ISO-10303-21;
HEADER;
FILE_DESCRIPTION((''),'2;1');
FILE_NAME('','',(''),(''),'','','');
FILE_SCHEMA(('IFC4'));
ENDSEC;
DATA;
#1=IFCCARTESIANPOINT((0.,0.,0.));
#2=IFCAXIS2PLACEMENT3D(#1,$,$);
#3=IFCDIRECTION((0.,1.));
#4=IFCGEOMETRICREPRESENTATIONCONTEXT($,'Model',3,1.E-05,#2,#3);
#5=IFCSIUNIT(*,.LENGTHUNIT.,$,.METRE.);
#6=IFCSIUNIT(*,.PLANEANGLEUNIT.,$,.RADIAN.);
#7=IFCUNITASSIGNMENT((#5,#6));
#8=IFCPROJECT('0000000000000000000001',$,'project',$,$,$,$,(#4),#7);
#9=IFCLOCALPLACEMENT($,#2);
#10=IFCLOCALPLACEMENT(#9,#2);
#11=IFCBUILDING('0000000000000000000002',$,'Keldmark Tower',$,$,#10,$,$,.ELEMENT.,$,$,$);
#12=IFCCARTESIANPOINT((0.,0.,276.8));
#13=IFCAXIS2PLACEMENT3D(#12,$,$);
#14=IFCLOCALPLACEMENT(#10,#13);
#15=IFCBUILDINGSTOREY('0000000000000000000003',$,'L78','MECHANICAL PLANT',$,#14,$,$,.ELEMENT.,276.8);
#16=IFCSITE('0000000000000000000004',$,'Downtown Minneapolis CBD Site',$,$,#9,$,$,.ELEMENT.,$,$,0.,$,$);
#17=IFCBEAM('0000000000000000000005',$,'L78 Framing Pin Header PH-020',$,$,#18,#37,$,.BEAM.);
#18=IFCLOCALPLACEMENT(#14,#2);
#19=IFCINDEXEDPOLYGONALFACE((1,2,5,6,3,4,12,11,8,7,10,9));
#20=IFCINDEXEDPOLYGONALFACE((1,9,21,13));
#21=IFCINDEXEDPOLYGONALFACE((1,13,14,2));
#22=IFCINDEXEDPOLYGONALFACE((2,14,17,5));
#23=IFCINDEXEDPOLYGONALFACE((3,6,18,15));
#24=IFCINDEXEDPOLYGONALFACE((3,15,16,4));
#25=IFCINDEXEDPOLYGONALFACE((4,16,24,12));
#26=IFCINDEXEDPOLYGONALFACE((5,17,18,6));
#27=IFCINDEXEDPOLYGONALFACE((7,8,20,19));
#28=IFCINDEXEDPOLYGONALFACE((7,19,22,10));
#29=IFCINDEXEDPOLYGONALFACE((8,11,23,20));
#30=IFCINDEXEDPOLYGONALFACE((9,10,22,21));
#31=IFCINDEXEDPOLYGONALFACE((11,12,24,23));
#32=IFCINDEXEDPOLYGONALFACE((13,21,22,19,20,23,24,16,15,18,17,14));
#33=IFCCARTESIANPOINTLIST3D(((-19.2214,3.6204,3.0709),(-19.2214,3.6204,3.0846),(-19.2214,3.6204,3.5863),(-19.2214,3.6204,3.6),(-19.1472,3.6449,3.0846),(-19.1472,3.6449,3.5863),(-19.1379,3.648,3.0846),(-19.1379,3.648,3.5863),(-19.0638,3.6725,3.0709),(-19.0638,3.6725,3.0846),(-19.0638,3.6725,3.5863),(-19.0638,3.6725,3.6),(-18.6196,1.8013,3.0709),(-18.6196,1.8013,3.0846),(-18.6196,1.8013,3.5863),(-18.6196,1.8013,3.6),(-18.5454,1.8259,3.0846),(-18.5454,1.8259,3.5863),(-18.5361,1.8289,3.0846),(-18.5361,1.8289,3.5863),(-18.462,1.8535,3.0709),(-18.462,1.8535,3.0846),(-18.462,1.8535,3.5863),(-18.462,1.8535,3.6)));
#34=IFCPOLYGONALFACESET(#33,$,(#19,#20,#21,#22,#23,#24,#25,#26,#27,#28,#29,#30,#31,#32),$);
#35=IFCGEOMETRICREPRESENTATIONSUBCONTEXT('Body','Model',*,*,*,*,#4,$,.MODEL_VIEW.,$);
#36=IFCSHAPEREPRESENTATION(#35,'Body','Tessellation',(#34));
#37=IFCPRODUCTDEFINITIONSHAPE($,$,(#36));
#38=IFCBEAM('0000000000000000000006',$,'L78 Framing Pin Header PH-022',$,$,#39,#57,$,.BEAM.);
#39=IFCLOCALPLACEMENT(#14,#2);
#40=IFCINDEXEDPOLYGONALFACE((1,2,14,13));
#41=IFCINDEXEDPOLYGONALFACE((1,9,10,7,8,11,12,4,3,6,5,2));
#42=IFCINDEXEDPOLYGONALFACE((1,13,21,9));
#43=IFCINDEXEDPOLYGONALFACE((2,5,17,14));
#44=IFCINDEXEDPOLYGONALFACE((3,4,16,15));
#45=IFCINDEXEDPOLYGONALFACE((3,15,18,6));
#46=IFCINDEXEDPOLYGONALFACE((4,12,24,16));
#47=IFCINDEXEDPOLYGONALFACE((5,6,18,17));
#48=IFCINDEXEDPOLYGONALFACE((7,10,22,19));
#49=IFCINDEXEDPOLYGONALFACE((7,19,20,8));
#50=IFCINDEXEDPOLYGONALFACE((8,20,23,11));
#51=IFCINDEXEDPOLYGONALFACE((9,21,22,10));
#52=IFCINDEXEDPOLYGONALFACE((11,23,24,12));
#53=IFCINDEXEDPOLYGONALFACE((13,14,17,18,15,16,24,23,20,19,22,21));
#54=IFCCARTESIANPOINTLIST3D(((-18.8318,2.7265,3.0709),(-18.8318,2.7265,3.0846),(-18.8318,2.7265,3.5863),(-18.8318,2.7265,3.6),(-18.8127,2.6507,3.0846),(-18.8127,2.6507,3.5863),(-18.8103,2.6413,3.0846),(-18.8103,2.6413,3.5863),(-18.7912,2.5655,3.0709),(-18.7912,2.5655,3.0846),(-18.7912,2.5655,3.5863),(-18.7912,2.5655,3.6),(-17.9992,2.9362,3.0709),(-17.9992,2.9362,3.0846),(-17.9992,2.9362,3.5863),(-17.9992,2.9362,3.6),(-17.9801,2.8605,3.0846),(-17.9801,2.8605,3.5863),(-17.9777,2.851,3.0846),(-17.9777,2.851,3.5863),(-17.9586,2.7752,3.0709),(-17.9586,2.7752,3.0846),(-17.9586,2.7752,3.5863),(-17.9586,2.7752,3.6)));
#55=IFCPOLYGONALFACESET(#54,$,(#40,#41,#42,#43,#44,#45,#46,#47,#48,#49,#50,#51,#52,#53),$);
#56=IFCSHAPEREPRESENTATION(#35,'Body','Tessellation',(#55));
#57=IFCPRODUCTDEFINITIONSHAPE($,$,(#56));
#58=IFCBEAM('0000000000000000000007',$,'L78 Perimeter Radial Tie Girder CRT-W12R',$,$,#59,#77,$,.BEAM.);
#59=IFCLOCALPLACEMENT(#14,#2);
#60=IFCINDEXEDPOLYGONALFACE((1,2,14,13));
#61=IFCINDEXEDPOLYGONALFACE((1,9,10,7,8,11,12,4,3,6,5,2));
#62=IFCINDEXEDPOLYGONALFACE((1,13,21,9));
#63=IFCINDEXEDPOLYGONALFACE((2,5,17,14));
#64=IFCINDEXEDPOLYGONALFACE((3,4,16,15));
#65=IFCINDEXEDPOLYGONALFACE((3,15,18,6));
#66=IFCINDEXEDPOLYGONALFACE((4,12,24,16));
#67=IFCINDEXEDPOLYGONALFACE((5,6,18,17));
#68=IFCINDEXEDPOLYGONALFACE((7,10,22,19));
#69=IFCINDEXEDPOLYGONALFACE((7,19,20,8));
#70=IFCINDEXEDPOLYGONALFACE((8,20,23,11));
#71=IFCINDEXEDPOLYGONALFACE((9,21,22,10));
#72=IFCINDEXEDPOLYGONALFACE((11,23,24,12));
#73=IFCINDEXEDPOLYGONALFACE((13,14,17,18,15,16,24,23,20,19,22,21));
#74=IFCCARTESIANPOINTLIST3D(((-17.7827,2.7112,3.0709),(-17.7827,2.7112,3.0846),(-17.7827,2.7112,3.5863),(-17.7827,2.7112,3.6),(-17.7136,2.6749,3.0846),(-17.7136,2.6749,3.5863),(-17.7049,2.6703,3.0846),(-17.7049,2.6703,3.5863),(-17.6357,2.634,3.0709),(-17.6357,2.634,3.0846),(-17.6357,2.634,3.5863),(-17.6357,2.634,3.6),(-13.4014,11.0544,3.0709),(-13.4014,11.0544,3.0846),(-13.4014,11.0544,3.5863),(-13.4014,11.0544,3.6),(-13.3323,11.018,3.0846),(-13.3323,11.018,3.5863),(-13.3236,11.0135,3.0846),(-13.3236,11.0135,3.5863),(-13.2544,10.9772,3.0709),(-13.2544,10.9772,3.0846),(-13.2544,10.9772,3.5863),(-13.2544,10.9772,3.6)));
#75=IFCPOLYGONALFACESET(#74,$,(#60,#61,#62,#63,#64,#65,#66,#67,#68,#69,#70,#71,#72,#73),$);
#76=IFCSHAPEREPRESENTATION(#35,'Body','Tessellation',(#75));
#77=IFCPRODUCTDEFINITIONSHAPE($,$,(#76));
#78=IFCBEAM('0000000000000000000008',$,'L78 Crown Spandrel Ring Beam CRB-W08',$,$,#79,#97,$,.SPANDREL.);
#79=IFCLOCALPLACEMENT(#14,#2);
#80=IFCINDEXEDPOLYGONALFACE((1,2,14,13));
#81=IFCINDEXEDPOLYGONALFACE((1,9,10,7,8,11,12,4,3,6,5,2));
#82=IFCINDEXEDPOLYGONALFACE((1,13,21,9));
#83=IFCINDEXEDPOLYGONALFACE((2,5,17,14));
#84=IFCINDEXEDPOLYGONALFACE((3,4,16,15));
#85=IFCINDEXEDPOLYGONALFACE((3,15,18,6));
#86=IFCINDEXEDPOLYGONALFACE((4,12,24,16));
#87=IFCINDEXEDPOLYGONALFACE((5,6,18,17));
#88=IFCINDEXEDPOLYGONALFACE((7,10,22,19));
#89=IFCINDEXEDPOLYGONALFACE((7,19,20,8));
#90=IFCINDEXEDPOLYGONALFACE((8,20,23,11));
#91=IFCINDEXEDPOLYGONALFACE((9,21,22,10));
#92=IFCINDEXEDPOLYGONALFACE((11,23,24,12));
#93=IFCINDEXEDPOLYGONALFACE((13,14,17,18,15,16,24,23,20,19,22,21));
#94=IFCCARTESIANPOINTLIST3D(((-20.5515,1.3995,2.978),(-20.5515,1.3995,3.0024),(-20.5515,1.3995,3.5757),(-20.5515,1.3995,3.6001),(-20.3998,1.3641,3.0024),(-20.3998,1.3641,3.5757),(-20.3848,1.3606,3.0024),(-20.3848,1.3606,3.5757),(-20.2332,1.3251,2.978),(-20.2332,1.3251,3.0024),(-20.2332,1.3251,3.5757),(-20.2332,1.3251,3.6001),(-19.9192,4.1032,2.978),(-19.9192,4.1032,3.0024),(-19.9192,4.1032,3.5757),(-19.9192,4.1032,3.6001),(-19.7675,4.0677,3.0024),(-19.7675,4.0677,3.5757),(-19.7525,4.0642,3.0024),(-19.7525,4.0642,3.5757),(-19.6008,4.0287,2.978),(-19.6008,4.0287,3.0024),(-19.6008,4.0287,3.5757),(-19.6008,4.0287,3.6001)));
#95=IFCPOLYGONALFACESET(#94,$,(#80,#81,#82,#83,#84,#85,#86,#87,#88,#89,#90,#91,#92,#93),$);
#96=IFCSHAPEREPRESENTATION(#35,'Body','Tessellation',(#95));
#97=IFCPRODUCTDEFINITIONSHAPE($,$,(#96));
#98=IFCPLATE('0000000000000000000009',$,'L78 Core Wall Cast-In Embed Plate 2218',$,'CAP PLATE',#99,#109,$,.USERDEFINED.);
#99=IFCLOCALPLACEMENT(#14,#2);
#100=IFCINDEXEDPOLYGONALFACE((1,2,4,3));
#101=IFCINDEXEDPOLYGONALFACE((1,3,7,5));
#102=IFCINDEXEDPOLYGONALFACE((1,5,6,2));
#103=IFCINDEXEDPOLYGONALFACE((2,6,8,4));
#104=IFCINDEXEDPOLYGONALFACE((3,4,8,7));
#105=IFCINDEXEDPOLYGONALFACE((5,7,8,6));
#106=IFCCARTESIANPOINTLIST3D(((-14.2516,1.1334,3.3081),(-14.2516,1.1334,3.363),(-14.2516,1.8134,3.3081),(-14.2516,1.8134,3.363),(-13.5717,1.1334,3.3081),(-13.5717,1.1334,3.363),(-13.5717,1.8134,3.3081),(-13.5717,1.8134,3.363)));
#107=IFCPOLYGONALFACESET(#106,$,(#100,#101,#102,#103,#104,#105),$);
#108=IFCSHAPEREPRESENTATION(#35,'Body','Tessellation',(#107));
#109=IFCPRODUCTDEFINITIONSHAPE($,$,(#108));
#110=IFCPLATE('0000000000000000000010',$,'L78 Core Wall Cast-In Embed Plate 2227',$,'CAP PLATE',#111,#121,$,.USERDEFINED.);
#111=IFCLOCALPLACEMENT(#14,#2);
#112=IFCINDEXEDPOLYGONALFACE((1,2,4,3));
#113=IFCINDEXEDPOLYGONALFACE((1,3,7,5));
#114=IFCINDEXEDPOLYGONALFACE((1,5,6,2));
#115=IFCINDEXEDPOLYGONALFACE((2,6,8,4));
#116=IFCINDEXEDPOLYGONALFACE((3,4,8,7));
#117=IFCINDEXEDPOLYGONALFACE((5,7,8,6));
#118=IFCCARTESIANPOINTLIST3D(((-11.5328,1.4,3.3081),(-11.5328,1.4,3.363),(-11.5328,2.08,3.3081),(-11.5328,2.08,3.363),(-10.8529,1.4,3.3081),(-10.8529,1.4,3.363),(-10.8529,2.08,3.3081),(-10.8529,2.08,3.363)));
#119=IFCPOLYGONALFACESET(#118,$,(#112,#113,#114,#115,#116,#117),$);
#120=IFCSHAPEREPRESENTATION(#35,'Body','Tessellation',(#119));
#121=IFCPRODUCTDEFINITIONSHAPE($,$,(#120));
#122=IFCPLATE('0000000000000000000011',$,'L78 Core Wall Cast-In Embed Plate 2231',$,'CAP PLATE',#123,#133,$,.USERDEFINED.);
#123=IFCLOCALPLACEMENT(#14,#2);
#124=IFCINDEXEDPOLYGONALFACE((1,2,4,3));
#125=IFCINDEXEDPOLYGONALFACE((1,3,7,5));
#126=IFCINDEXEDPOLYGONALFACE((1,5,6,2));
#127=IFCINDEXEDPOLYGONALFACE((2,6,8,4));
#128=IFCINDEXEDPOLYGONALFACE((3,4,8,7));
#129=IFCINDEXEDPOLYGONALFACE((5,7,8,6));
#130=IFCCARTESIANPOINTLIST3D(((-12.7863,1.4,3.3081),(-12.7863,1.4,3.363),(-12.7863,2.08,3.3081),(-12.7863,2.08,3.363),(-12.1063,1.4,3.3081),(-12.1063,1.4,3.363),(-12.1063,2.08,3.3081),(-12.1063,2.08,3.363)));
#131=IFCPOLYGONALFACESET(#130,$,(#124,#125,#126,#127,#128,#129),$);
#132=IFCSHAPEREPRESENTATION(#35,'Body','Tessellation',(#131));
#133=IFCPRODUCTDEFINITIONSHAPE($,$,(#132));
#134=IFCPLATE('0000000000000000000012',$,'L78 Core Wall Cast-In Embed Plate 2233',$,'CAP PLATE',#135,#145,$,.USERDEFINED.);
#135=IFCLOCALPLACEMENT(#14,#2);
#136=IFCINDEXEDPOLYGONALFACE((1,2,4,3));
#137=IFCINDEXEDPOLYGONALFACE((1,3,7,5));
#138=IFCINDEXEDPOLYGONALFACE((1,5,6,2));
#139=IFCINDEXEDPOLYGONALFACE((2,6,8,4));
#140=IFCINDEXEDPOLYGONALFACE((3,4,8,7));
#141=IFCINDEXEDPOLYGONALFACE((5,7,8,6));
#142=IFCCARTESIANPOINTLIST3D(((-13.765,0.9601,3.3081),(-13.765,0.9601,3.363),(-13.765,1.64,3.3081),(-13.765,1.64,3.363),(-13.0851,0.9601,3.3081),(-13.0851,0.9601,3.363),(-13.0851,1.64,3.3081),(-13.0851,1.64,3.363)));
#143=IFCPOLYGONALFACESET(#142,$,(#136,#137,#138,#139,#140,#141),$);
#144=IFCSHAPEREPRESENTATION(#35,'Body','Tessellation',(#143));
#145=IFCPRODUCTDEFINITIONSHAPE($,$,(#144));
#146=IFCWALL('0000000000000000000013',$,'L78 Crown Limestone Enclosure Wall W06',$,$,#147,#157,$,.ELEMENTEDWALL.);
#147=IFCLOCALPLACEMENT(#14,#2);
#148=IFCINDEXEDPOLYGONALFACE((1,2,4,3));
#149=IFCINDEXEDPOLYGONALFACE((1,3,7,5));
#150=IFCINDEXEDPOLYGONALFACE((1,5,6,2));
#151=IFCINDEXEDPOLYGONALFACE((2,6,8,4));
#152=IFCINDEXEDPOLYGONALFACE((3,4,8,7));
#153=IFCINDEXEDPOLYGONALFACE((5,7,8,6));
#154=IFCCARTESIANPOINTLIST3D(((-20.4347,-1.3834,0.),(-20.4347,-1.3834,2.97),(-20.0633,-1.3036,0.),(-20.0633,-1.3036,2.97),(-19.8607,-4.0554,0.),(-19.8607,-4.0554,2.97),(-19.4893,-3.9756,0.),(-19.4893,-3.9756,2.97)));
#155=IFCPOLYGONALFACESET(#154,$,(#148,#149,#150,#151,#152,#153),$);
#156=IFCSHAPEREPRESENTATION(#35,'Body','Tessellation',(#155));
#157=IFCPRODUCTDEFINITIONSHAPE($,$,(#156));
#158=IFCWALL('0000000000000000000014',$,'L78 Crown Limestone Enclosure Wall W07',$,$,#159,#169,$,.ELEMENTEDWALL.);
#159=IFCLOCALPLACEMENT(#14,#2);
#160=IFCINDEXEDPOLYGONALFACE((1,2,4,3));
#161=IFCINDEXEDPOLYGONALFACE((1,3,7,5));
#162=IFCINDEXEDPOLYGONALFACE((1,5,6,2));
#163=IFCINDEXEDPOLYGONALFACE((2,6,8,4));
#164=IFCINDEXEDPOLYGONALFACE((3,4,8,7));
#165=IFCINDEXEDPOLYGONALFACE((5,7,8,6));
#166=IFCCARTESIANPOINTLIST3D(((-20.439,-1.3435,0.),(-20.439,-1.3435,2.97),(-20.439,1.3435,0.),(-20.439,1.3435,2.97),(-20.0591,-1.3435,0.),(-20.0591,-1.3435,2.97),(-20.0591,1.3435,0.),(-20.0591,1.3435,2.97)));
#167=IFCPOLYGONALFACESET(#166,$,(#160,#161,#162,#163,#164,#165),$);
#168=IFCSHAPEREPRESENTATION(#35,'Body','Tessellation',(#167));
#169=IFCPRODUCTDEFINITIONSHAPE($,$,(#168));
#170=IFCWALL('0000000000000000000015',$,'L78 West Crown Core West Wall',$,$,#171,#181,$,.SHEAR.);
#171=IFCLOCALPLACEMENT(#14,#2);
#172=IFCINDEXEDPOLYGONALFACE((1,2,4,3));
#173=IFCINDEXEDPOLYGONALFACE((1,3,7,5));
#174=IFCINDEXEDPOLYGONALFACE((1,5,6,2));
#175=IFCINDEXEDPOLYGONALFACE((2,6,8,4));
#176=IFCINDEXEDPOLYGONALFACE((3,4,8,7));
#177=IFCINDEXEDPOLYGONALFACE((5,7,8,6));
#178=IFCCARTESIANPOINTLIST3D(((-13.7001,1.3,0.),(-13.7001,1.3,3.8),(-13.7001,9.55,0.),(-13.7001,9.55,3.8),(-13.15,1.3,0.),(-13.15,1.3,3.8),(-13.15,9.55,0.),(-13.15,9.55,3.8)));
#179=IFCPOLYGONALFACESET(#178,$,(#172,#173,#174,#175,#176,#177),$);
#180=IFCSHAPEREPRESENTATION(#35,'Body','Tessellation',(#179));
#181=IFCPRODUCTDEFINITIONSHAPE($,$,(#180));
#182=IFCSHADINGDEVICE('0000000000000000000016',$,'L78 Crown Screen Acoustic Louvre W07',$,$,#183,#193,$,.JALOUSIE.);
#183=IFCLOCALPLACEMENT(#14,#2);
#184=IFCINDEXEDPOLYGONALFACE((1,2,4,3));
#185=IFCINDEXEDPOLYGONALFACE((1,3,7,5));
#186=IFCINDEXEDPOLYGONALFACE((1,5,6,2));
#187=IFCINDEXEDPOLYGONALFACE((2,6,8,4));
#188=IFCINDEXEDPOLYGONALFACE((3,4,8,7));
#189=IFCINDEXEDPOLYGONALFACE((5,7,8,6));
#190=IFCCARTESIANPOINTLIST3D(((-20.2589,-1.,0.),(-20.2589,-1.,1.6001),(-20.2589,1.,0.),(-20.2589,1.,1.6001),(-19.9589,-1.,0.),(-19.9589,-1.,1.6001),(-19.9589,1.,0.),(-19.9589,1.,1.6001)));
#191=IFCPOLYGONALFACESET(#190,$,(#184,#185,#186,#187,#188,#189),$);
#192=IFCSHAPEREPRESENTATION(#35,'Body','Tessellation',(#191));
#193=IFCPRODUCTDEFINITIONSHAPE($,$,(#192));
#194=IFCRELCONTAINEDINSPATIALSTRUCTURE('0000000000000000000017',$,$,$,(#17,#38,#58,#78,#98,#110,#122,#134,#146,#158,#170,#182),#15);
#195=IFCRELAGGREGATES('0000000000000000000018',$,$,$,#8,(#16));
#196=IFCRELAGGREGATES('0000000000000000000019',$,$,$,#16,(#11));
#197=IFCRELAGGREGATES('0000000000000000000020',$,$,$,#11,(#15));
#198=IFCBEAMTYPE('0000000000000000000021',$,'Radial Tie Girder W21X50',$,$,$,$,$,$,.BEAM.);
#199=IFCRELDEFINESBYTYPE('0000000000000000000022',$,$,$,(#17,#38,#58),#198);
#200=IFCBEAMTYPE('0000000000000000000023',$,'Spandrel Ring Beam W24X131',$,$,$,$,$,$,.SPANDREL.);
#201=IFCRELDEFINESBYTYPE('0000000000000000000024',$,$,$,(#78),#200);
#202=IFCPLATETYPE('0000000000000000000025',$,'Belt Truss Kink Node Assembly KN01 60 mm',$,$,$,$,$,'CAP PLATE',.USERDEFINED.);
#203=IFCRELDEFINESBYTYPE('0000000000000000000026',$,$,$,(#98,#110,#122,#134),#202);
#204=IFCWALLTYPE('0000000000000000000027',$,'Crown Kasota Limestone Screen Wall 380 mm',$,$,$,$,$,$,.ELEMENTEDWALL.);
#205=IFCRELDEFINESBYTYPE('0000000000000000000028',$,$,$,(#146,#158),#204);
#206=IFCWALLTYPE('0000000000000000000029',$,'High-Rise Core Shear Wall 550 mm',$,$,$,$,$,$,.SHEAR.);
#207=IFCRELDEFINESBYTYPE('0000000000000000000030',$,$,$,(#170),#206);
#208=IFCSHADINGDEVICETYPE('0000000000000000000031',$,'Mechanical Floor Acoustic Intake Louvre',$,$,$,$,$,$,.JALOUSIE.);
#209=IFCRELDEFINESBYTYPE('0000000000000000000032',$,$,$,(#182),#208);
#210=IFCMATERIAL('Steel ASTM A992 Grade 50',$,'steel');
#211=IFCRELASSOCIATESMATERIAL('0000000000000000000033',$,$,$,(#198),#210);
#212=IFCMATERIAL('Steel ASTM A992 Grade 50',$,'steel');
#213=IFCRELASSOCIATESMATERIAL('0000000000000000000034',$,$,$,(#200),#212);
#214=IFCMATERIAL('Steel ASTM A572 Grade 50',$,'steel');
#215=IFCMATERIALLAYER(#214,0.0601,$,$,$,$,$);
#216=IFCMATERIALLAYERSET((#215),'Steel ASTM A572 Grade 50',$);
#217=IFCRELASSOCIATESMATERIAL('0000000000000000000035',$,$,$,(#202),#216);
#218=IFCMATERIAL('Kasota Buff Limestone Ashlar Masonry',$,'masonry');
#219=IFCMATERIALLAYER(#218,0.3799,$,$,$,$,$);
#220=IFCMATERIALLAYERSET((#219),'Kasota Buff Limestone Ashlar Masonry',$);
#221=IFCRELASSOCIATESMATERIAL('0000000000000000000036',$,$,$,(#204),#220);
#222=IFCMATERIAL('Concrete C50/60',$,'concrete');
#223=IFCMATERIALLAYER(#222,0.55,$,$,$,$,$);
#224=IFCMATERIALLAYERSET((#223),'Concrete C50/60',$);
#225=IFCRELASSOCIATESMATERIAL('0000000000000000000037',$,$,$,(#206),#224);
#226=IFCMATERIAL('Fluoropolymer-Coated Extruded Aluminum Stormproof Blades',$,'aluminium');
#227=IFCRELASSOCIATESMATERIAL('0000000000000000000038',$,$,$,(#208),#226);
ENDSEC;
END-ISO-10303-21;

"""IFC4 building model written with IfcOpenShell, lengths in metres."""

from ifc_helpers import new_model, si_unit, direction, frame, frame_2d, origin, origin_2d, place, context, subcontext, project, spatial, rectangle, i_section, extrude, material, layer, layer_set, material_profile, profile_set, type_object, element, save


model = new_model("IFC4")

# Units and contexts
model_context = context("Model", 3, precision=1e-05, world=origin(), true_north=direction((0.0, 1.0)))
body_context = subcontext(model_context, "Body", "Model", "MODEL_VIEW")
ifc_project = project(units=[si_unit("LENGTHUNIT", "METRE"), si_unit("PLANEANGLEUNIT", "RADIAN")], contexts=[model_context])

# Site, building, storey
site_placement = place(None, origin())
site = spatial("IfcSite", under=ifc_project, at=site_placement, Name="Downtown Minneapolis CBD Site", CompositionType="ELEMENT", RefElevation=0.0)
building_placement = place(site_placement, origin())
building = spatial("IfcBuilding", under=site, at=building_placement, Name="Keldmark Tower", CompositionType="ELEMENT")
storey_placement = place(building_placement, frame((0.0, 0.0, 276.8)))
storey = spatial("IfcBuildingStorey", under=building, at=storey_placement, Name="L78", Description="MECHANICAL PLANT", CompositionType="ELEMENT", Elevation=276.8)

# Beams
ifc_material_1 = material(Name="Steel ASTM A992 Grade 50", Category="steel")
ifc_material_profile_1 = material_profile(ifc_material_1, i_section(OverallWidth=0.166, OverallDepth=0.5291, WebThickness=0.0098, FlangeThickness=0.0137, at=origin_2d()), Name="W21X50")
ifc_profile_set_1 = profile_set([ifc_material_profile_1], Name="Steel ASTM A992 Grade 50")
beam_type_1 = type_object("IfcBeamType", Name="Radial Tie Girder W21X50", PredefinedType="BEAM", material=ifc_profile_set_1)
beam_1_placement = place(storey_placement, frame((-18.5408, 1.8274, 3.3354), z_axis=(-0.314086, 0.949394, 0.0), x_axis=(-0.949394, -0.314086, 0.0)))
element("IfcBeam", 1, at=beam_1_placement, inside=storey, type_object=beam_type_1, Name="L78 Framing Pin Header PH-020", PredefinedType="BEAM", context=body_context, shape_type="SweptSolid", body=[
    extrude(i_section(OverallWidth=0.166, OverallDepth=0.5291, WebThickness=0.0098, FlangeThickness=0.0137, at=origin_2d()), origin(), (0.0, 0.0, 1.0), 1.916),
])
beam_2_placement = place(storey_placement, frame((-18.8115, 2.646, 3.3354), z_axis=(0.969706, 0.244275, 0.0), x_axis=(-0.244275, 0.969706, 0.0)))
element("IfcBeam", 2, at=beam_2_placement, inside=storey, type_object=beam_type_1, Name="L78 Framing Pin Header PH-022", PredefinedType="BEAM", context=body_context, shape_type="SweptSolid", body=[
    extrude(i_section(OverallWidth=0.166, OverallDepth=0.5291, WebThickness=0.0098, FlangeThickness=0.0137, at=origin_2d()), origin(), (0.0, 0.0, 1.0), 0.8586),
])
beam_3_placement = place(storey_placement, frame((-17.7092, 2.6726, 3.3354), z_axis=(0.464928, 0.885348, 0.0), x_axis=(-0.885348, 0.464928, 0.0)))
element("IfcBeam", 3, at=beam_3_placement, inside=storey, type_object=beam_type_1, Name="L78 Perimeter Radial Tie Girder CRT-W12R", PredefinedType="BEAM", context=body_context, shape_type="SweptSolid", body=[
    extrude(i_section(OverallWidth=0.166, OverallDepth=0.5291, WebThickness=0.0098, FlangeThickness=0.0137, at=origin_2d()), origin(), (0.0, 0.0, 1.0), 9.4236),
])
ifc_material_2 = material(Name="Steel ASTM A992 Grade 50", Category="steel")
ifc_material_profile_2 = material_profile(ifc_material_2, i_section(OverallWidth=0.3269, OverallDepth=0.6221, WebThickness=0.0154, FlangeThickness=0.0244, at=origin_2d()), Name="W24X131")
ifc_profile_set_2 = profile_set([ifc_material_profile_2], Name="Steel ASTM A992 Grade 50")
beam_type_2 = type_object("IfcBeamType", Name="Spandrel Ring Beam W24X131", PredefinedType="SPANDREL", material=ifc_profile_set_2)
beam_4_placement = place(storey_placement, frame((-20.3923, 1.3623, 3.2891), z_axis=(0.227735, 0.973723, 0.0), x_axis=(-0.973723, 0.227735, 0.0)))
element("IfcBeam", 4, at=beam_4_placement, inside=storey, type_object=beam_type_2, Name="L78 Crown Spandrel Ring Beam CRB-W08", PredefinedType="SPANDREL", context=body_context, shape_type="SweptSolid", body=[
    extrude(i_section(OverallWidth=0.3269, OverallDepth=0.6221, WebThickness=0.0154, FlangeThickness=0.0244, at=origin_2d()), origin(), (0.0, 0.0, 1.0), 2.7766),
])

# Plates
ifc_material_3 = material(Name="Steel ASTM A572 Grade 50", Category="steel")
ifc_layer_1 = layer(ifc_material_3, 0.0601)
ifc_layer_set_1 = layer_set([ifc_layer_1], Name="Steel ASTM A572 Grade 50")
plate_type = type_object("IfcPlateType", Name="Belt Truss Kink Node Assembly KN01 60 mm", ElementType="CAP PLATE", PredefinedType="USERDEFINED", material=ifc_layer_set_1)
for number, where, z_axis, x_axis, name in (
    (5, (-13.9116, 1.4734, 3.3081), (0.0, 0.0, 1.0), (1.0, 0.0, 0.0), "L78 Core Wall Cast-In Embed Plate 2218"),
    (6, (-11.1929, 1.74, 3.3081), (0.0, 0.0, 1.0), (1.0, 0.0, 0.0), "L78 Core Wall Cast-In Embed Plate 2227"),
    (7, (-12.4463, 1.74, 3.3081), (0.0, 0.0, 1.0), (1.0, 0.0, 0.0), "L78 Core Wall Cast-In Embed Plate 2231"),
    (8, (-13.425, 1.3, 3.3081), (0.0, 0.0, 1.0), (1.0, 0.0, 0.0), "L78 Core Wall Cast-In Embed Plate 2233"),
):
    element("IfcPlate", number, at=place(storey_placement, frame(where, z_axis=z_axis, x_axis=x_axis)), inside=storey, type_object=plate_type, Name=name, ObjectType="CAP PLATE", PredefinedType="USERDEFINED", context=body_context, shape_type="SweptSolid", body=[
        extrude(rectangle(XDim=0.6799, YDim=0.6799, at=origin_2d()), origin(), (0.0, 0.0, 1.0), 0.0549),
    ])

# Walls
ifc_material_4 = material(Name="Kasota Buff Limestone Ashlar Masonry", Category="masonry")
ifc_layer_2 = layer(ifc_material_4, 0.3799)
ifc_layer_set_2 = layer_set([ifc_layer_2], Name="Kasota Buff Limestone Ashlar Masonry")
wall_type_1 = type_object("IfcWallType", Name="Crown Kasota Limestone Screen Wall 380 mm", PredefinedType="ELEMENTEDWALL", material=ifc_layer_set_2)
wall_1_placement = place(storey_placement, frame((-20.249, -1.3435, 0.0), z_axis=(0.0, 0.0, 1.0), x_axis=(0.210029, -0.977695, 0.0)))
element("IfcWall", 9, at=wall_1_placement, inside=storey, type_object=wall_type_1, Name="L78 Crown Limestone Enclosure Wall W06", PredefinedType="ELEMENTEDWALL", context=body_context, shape_type="SweptSolid", body=[
    extrude(rectangle(XDim=2.7329, YDim=0.3799, at=frame_2d((1.3665, 0.0))), origin(), (0.0, 0.0, 1.0), 2.97),
])
wall_2_placement = place(storey_placement, frame((-20.249, 1.3435, 0.0), z_axis=(0.0, 0.0, 1.0), x_axis=(0.0, -1.0, 0.0)))
element("IfcWall", 10, at=wall_2_placement, inside=storey, type_object=wall_type_1, Name="L78 Crown Limestone Enclosure Wall W07", PredefinedType="ELEMENTEDWALL", context=body_context, shape_type="SweptSolid", body=[
    extrude(rectangle(XDim=2.687, YDim=0.3799, at=frame_2d((1.3435, 0.0))), origin(), (0.0, 0.0, 1.0), 2.97),
])
ifc_material_5 = material(Name="Concrete C50/60", Category="concrete")
ifc_layer_3 = layer(ifc_material_5, 0.55)
ifc_layer_set_3 = layer_set([ifc_layer_3], Name="Concrete C50/60")
wall_type_2 = type_object("IfcWallType", Name="High-Rise Core Shear Wall 550 mm", PredefinedType="SHEAR", material=ifc_layer_set_3)
wall_3_placement = place(storey_placement, frame((-13.425, 1.3, 0.0), z_axis=(0.0, 0.0, 1.0), x_axis=(0.0, 1.0, 0.0)))
element("IfcWall", 11, at=wall_3_placement, inside=storey, type_object=wall_type_2, Name="L78 West Crown Core West Wall", PredefinedType="SHEAR", context=body_context, shape_type="SweptSolid", body=[
    extrude(rectangle(XDim=8.25, YDim=0.55, at=frame_2d((4.125, 0.0))), origin(), (0.0, 0.0, 1.0), 3.8),
])

# Shading device
ifc_material_6 = material(Name="Fluoropolymer-Coated Extruded Aluminum Stormproof Blades", Category="aluminium")
shading_device_type = type_object("IfcShadingDeviceType", Name="Mechanical Floor Acoustic Intake Louvre", PredefinedType="JALOUSIE", material=ifc_material_6)
shading_device_placement = place(storey_placement, frame((-20.1089, 0.0, 0.0), z_axis=(0.0, 0.0, 1.0), x_axis=(0.0, -1.0, 0.0)))
element("IfcShadingDevice", 12, at=shading_device_placement, inside=storey, type_object=shading_device_type, Name="L78 Crown Screen Acoustic Louvre W07", PredefinedType="JALOUSIE", context=body_context, shape_type="SweptSolid", body=[
    extrude(rectangle(XDim=2.0, YDim=0.3, at=origin_2d()), origin(), (0.0, 0.0, 1.0), 1.6001),
])

save(model, "model.ifc")
